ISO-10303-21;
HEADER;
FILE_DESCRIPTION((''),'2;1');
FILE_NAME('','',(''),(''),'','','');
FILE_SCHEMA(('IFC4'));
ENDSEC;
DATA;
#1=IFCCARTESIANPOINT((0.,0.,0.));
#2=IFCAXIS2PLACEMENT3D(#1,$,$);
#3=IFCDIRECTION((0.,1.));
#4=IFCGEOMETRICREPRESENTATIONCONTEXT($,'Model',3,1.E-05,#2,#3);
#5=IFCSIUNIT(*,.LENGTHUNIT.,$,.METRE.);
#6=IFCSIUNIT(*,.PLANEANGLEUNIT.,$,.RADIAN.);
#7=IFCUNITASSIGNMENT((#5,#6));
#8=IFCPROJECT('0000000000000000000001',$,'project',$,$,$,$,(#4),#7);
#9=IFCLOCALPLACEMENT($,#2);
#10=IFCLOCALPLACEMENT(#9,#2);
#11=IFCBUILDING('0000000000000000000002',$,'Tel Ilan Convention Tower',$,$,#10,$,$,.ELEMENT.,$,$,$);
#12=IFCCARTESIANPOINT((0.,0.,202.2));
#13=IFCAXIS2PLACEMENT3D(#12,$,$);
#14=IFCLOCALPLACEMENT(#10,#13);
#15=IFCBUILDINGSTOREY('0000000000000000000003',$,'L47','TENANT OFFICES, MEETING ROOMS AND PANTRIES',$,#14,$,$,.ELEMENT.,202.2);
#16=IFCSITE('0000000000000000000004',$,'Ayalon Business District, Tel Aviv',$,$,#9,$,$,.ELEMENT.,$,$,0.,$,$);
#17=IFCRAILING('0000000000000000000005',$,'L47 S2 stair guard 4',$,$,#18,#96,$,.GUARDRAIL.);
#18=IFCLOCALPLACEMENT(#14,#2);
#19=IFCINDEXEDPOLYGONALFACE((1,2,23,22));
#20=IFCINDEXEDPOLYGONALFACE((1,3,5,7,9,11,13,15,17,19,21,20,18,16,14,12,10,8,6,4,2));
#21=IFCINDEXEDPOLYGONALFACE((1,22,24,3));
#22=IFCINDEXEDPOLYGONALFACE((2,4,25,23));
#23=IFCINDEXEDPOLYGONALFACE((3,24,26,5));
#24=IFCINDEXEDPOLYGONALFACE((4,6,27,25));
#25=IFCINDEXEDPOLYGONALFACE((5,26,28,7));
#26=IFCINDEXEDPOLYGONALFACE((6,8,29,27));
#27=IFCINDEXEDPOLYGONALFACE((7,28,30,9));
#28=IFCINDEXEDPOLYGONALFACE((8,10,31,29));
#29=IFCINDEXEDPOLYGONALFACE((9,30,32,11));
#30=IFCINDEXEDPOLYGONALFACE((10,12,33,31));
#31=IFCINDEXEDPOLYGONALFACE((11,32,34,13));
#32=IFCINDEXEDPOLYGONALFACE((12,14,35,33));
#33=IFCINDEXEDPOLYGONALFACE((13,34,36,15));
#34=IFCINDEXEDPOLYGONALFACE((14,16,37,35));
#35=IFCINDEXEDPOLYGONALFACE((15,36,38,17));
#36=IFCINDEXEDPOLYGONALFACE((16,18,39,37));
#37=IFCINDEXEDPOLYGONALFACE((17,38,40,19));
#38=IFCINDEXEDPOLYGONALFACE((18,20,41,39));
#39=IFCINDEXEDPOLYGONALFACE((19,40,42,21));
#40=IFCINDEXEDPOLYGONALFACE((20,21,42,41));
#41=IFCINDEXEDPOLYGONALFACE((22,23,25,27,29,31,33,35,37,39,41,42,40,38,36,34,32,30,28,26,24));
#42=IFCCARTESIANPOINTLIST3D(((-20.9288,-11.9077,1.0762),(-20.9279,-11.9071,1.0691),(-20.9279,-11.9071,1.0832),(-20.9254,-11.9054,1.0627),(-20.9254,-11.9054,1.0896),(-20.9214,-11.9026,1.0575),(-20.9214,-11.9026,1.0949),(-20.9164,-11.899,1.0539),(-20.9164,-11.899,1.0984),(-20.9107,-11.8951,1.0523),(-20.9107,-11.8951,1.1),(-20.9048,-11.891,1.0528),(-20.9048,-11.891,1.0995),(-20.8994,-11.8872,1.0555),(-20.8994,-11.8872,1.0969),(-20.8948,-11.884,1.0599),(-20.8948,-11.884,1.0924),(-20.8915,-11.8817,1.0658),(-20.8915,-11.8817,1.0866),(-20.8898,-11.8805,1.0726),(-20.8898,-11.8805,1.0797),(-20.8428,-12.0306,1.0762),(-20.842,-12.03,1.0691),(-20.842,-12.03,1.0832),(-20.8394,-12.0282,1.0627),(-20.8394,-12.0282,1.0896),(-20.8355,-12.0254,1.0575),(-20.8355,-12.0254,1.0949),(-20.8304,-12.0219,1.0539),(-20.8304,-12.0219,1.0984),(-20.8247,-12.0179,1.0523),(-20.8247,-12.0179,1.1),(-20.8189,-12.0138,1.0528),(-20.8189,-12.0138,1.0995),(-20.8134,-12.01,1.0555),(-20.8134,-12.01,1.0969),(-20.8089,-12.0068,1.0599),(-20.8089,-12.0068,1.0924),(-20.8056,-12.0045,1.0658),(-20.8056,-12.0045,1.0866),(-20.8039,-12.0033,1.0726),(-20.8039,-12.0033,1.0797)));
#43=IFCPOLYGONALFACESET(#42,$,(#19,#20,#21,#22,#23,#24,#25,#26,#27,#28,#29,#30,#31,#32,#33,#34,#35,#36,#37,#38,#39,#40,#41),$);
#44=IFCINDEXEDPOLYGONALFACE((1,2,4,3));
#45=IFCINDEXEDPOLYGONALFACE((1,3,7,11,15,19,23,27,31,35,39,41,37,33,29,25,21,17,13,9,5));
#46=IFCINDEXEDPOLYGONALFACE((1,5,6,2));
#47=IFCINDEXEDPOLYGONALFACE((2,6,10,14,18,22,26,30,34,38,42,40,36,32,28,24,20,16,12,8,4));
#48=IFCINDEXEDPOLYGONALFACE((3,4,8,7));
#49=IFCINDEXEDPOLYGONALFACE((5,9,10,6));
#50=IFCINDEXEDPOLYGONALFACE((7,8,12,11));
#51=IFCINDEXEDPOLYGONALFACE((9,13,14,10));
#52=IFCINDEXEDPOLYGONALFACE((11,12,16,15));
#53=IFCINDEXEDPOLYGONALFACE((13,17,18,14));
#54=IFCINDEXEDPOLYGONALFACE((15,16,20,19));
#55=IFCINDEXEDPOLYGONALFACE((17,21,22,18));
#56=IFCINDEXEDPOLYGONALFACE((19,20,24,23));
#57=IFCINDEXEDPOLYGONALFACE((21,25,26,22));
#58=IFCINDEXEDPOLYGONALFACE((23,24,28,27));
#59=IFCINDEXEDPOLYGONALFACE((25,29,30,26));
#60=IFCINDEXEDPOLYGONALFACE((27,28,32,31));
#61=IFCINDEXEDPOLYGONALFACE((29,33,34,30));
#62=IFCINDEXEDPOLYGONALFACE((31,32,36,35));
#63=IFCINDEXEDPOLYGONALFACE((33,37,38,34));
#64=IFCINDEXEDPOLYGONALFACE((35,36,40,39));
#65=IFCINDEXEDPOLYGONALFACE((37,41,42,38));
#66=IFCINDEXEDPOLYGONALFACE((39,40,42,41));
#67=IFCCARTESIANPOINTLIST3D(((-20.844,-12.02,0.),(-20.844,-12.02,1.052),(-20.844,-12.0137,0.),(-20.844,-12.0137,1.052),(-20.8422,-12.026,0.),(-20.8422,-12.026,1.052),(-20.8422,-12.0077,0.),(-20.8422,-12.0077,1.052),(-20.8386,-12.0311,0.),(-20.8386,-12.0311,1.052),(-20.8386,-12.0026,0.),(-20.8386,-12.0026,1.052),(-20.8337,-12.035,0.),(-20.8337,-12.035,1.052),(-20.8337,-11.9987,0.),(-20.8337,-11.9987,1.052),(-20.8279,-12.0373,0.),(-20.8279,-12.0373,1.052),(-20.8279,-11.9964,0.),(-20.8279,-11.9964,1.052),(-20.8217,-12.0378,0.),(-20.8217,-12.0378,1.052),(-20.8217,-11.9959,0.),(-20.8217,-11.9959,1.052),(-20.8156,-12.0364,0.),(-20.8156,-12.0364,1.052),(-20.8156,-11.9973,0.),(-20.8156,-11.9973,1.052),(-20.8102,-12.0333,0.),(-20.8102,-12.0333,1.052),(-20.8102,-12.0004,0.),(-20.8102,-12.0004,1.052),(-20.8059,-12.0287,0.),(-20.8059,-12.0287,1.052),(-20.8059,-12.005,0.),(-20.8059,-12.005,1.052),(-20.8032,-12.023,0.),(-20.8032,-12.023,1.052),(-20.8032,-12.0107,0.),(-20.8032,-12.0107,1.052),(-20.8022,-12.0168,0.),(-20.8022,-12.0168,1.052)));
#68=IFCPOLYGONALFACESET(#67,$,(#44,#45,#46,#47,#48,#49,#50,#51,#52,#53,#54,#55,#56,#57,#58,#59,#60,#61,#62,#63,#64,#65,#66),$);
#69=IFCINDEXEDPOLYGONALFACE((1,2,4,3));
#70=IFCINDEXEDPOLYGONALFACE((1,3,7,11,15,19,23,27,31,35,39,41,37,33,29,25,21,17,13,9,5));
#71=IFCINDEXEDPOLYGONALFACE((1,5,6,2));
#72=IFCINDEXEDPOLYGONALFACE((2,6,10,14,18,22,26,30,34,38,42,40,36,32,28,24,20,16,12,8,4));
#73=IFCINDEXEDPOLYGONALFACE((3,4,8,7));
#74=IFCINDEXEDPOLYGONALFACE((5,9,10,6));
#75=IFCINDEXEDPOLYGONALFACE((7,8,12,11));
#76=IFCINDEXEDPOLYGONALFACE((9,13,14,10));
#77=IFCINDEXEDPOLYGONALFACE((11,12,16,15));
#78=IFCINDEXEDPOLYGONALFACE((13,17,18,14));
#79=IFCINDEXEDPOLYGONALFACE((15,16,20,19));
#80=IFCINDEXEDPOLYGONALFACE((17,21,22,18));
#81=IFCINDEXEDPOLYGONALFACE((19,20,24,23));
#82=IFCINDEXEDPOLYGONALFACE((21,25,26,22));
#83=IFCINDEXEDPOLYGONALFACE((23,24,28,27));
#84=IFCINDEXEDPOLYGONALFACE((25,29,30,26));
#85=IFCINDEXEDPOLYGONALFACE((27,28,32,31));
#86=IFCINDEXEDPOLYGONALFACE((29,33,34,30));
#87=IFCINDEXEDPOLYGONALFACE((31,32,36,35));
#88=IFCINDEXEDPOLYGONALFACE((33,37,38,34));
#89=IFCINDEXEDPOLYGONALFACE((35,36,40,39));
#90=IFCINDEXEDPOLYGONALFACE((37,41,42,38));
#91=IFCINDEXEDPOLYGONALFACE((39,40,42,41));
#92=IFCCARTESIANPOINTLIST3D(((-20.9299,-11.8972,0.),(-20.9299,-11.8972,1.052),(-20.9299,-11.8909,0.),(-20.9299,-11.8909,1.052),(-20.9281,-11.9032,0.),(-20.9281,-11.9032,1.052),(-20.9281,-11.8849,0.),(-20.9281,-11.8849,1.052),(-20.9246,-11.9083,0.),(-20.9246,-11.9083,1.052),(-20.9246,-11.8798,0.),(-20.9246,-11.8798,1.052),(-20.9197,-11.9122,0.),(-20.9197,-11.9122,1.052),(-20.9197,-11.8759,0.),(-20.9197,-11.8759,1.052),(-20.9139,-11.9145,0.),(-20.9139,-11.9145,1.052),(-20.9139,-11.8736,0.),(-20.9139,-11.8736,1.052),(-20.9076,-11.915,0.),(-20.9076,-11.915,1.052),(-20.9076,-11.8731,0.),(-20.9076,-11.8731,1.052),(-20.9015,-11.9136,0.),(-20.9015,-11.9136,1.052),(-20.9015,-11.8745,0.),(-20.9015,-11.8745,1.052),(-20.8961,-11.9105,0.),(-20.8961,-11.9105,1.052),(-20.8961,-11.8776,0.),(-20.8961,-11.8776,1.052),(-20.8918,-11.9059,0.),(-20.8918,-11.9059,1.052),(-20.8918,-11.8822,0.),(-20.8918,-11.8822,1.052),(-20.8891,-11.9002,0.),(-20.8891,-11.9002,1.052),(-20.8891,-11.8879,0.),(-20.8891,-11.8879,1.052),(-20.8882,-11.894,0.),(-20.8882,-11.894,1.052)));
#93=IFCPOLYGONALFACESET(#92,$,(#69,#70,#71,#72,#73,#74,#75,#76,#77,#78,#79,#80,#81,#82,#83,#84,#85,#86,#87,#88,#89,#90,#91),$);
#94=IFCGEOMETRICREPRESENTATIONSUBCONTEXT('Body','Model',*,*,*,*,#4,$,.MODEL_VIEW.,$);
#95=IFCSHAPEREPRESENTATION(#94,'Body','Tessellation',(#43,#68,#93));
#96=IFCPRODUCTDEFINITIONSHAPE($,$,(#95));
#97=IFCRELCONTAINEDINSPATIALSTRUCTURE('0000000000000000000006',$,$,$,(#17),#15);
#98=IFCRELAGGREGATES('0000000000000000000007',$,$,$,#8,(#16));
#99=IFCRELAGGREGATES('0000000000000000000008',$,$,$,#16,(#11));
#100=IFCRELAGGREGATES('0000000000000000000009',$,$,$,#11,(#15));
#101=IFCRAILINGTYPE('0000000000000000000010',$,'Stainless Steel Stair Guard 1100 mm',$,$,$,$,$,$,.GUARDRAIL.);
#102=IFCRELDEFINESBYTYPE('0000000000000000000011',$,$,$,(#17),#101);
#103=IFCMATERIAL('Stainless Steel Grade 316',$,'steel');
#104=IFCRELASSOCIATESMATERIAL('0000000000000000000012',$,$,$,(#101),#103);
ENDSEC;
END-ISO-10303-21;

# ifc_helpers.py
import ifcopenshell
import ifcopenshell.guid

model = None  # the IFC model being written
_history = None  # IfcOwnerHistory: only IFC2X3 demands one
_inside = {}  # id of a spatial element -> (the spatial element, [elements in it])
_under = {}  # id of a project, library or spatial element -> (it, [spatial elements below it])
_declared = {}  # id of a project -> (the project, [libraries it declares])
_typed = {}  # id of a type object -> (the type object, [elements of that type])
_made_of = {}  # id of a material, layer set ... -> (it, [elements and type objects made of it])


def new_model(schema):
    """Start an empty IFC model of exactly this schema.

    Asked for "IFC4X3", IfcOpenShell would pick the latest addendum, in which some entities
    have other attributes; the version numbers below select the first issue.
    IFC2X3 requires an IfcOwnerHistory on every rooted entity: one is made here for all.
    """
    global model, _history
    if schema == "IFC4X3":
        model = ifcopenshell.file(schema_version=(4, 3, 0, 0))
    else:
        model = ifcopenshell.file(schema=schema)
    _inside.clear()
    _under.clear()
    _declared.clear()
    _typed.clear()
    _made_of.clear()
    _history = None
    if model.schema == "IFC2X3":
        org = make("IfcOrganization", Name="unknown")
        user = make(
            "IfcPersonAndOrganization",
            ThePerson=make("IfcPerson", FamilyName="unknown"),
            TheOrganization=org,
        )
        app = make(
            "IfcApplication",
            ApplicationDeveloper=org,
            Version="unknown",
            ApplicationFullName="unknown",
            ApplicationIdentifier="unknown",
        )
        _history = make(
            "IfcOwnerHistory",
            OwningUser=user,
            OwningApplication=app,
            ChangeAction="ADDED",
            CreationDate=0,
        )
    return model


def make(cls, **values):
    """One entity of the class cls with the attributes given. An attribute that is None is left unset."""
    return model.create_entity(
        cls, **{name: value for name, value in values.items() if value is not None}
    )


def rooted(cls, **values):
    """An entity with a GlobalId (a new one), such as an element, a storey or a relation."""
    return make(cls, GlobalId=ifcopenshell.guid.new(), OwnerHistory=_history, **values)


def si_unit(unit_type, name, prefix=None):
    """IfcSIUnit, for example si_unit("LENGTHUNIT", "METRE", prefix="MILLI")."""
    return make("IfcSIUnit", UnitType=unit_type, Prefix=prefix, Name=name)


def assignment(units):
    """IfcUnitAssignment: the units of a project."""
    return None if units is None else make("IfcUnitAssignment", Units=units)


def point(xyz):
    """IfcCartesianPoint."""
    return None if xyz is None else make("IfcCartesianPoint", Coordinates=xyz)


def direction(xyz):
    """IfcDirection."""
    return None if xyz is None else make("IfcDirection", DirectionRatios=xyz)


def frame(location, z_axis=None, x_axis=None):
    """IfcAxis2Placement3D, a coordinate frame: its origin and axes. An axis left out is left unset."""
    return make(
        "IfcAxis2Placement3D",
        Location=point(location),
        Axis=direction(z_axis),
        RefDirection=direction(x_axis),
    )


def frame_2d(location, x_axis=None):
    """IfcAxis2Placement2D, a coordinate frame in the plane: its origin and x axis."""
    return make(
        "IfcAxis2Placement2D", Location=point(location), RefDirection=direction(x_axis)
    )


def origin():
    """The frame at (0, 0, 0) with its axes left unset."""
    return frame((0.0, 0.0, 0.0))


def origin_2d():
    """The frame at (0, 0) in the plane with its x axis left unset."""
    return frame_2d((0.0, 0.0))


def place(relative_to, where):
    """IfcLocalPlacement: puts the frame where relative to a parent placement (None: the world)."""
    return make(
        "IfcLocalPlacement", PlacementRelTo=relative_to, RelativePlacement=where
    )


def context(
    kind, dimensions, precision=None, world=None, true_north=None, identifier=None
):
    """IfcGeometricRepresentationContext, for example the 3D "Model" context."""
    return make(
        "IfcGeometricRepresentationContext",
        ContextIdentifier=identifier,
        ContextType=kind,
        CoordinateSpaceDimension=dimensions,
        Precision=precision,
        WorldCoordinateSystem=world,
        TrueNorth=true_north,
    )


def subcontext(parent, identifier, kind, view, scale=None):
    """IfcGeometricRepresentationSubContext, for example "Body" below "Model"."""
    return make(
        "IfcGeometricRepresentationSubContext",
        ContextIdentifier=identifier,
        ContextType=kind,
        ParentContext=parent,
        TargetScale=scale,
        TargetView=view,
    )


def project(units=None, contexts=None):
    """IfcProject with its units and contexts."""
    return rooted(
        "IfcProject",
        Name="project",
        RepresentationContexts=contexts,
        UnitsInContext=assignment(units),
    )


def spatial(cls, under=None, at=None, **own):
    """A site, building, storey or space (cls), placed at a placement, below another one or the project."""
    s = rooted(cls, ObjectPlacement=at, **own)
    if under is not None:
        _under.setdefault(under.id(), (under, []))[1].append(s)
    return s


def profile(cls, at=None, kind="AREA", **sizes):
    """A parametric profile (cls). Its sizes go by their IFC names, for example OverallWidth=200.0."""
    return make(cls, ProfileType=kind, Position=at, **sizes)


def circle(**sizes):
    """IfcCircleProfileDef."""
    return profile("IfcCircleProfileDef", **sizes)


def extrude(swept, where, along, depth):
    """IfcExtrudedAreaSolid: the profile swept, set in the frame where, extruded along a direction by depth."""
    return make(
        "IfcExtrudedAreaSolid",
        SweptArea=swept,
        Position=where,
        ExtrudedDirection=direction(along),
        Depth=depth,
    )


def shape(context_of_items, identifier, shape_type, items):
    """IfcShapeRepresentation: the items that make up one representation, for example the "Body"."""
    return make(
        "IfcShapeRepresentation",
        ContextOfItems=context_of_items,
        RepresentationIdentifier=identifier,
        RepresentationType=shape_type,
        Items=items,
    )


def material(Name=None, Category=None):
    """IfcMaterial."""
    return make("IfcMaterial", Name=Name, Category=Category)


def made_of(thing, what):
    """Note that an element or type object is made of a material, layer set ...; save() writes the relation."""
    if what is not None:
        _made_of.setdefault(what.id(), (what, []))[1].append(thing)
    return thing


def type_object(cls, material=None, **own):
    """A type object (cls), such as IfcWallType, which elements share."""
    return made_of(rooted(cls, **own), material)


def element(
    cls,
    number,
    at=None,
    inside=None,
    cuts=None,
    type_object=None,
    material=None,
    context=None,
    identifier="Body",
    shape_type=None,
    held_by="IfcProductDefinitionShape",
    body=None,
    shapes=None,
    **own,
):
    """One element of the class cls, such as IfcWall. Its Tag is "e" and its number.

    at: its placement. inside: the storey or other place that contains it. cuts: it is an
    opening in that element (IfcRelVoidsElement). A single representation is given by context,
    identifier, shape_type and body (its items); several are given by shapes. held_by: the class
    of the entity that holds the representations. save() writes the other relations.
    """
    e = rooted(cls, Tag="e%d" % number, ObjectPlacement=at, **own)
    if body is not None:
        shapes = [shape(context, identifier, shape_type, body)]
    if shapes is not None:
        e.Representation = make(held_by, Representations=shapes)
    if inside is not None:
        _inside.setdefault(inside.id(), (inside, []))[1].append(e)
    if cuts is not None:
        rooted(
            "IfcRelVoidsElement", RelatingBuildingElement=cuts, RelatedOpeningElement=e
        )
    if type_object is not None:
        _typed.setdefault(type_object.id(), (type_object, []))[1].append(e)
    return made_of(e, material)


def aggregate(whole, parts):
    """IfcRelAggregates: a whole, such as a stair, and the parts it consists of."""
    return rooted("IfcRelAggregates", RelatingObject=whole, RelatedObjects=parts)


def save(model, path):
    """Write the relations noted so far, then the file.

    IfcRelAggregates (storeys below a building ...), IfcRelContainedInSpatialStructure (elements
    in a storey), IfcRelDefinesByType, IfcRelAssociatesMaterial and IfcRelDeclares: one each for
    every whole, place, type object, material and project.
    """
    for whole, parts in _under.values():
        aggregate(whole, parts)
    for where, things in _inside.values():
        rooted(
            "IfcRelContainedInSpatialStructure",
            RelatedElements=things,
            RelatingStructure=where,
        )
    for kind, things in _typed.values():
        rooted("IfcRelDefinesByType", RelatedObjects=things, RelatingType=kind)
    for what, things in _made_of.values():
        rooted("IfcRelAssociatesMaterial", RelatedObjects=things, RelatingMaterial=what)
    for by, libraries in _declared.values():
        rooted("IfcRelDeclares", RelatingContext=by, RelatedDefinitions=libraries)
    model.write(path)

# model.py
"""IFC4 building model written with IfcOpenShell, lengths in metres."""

from ifc_helpers import new_model, si_unit, direction, frame, origin, origin_2d, place, context, subcontext, project, spatial, circle, extrude, material, type_object, element, save


model = new_model("IFC4")

# Units and contexts
model_context = context("Model", 3, precision=1e-05, world=origin(), true_north=direction((0.0, 1.0)))
body_context = subcontext(model_context, "Body", "Model", "MODEL_VIEW")
ifc_project = project(units=[si_unit("LENGTHUNIT", "METRE"), si_unit("PLANEANGLEUNIT", "RADIAN")], contexts=[model_context])

# Site, building, storey
site_placement = place(None, origin())
site = spatial("IfcSite", under=ifc_project, at=site_placement, Name="Ayalon Business District, Tel Aviv", CompositionType="ELEMENT", RefElevation=0.0)
building_placement = place(site_placement, origin())
building = spatial("IfcBuilding", under=site, at=building_placement, Name="Tel Ilan Convention Tower", CompositionType="ELEMENT")
storey_placement = place(building_placement, frame((0.0, 0.0, 202.2)))
storey = spatial("IfcBuildingStorey", under=building, at=storey_placement, Name="L47", Description="TENANT OFFICES, MEETING ROOMS AND PANTRIES", CompositionType="ELEMENT", Elevation=202.2)

# Railing
ifc_material_1 = material(Name="Stainless Steel Grade 316", Category="steel")
railing_type_1 = type_object("IfcRailingType", Name="Stainless Steel Stair Guard 1100 mm", PredefinedType="GUARDRAIL", material=ifc_material_1)
railing_1_placement = place(storey_placement, frame((-20.8232, -12.0168, 0.0)))
element("IfcRailing", 1, at=railing_1_placement, inside=storey, type_object=railing_type_1, Name="L47 S2 stair guard 4", PredefinedType="GUARDRAIL", context=body_context, shape_type="SweptSolid", body=[
    extrude(circle(Radius=0.0239, at=origin_2d()), frame((0.0, 0.0, 1.0762), z_axis=(-0.573353, 0.819308, 0.0), x_axis=(-0.819308, -0.573353, 0.0)), (0.0, 0.0, 1.0), 0.1499),
    extrude(circle(Radius=0.021, at=origin_2d()), origin(), (0.0, 0.0, 1.0), 1.052),
    extrude(circle(Radius=0.021, at=origin_2d()), frame((-0.0859, 0.1228, 0.0)), (0.0, 0.0, 1.0), 1.052),
])

save(model, "model.ifc")
